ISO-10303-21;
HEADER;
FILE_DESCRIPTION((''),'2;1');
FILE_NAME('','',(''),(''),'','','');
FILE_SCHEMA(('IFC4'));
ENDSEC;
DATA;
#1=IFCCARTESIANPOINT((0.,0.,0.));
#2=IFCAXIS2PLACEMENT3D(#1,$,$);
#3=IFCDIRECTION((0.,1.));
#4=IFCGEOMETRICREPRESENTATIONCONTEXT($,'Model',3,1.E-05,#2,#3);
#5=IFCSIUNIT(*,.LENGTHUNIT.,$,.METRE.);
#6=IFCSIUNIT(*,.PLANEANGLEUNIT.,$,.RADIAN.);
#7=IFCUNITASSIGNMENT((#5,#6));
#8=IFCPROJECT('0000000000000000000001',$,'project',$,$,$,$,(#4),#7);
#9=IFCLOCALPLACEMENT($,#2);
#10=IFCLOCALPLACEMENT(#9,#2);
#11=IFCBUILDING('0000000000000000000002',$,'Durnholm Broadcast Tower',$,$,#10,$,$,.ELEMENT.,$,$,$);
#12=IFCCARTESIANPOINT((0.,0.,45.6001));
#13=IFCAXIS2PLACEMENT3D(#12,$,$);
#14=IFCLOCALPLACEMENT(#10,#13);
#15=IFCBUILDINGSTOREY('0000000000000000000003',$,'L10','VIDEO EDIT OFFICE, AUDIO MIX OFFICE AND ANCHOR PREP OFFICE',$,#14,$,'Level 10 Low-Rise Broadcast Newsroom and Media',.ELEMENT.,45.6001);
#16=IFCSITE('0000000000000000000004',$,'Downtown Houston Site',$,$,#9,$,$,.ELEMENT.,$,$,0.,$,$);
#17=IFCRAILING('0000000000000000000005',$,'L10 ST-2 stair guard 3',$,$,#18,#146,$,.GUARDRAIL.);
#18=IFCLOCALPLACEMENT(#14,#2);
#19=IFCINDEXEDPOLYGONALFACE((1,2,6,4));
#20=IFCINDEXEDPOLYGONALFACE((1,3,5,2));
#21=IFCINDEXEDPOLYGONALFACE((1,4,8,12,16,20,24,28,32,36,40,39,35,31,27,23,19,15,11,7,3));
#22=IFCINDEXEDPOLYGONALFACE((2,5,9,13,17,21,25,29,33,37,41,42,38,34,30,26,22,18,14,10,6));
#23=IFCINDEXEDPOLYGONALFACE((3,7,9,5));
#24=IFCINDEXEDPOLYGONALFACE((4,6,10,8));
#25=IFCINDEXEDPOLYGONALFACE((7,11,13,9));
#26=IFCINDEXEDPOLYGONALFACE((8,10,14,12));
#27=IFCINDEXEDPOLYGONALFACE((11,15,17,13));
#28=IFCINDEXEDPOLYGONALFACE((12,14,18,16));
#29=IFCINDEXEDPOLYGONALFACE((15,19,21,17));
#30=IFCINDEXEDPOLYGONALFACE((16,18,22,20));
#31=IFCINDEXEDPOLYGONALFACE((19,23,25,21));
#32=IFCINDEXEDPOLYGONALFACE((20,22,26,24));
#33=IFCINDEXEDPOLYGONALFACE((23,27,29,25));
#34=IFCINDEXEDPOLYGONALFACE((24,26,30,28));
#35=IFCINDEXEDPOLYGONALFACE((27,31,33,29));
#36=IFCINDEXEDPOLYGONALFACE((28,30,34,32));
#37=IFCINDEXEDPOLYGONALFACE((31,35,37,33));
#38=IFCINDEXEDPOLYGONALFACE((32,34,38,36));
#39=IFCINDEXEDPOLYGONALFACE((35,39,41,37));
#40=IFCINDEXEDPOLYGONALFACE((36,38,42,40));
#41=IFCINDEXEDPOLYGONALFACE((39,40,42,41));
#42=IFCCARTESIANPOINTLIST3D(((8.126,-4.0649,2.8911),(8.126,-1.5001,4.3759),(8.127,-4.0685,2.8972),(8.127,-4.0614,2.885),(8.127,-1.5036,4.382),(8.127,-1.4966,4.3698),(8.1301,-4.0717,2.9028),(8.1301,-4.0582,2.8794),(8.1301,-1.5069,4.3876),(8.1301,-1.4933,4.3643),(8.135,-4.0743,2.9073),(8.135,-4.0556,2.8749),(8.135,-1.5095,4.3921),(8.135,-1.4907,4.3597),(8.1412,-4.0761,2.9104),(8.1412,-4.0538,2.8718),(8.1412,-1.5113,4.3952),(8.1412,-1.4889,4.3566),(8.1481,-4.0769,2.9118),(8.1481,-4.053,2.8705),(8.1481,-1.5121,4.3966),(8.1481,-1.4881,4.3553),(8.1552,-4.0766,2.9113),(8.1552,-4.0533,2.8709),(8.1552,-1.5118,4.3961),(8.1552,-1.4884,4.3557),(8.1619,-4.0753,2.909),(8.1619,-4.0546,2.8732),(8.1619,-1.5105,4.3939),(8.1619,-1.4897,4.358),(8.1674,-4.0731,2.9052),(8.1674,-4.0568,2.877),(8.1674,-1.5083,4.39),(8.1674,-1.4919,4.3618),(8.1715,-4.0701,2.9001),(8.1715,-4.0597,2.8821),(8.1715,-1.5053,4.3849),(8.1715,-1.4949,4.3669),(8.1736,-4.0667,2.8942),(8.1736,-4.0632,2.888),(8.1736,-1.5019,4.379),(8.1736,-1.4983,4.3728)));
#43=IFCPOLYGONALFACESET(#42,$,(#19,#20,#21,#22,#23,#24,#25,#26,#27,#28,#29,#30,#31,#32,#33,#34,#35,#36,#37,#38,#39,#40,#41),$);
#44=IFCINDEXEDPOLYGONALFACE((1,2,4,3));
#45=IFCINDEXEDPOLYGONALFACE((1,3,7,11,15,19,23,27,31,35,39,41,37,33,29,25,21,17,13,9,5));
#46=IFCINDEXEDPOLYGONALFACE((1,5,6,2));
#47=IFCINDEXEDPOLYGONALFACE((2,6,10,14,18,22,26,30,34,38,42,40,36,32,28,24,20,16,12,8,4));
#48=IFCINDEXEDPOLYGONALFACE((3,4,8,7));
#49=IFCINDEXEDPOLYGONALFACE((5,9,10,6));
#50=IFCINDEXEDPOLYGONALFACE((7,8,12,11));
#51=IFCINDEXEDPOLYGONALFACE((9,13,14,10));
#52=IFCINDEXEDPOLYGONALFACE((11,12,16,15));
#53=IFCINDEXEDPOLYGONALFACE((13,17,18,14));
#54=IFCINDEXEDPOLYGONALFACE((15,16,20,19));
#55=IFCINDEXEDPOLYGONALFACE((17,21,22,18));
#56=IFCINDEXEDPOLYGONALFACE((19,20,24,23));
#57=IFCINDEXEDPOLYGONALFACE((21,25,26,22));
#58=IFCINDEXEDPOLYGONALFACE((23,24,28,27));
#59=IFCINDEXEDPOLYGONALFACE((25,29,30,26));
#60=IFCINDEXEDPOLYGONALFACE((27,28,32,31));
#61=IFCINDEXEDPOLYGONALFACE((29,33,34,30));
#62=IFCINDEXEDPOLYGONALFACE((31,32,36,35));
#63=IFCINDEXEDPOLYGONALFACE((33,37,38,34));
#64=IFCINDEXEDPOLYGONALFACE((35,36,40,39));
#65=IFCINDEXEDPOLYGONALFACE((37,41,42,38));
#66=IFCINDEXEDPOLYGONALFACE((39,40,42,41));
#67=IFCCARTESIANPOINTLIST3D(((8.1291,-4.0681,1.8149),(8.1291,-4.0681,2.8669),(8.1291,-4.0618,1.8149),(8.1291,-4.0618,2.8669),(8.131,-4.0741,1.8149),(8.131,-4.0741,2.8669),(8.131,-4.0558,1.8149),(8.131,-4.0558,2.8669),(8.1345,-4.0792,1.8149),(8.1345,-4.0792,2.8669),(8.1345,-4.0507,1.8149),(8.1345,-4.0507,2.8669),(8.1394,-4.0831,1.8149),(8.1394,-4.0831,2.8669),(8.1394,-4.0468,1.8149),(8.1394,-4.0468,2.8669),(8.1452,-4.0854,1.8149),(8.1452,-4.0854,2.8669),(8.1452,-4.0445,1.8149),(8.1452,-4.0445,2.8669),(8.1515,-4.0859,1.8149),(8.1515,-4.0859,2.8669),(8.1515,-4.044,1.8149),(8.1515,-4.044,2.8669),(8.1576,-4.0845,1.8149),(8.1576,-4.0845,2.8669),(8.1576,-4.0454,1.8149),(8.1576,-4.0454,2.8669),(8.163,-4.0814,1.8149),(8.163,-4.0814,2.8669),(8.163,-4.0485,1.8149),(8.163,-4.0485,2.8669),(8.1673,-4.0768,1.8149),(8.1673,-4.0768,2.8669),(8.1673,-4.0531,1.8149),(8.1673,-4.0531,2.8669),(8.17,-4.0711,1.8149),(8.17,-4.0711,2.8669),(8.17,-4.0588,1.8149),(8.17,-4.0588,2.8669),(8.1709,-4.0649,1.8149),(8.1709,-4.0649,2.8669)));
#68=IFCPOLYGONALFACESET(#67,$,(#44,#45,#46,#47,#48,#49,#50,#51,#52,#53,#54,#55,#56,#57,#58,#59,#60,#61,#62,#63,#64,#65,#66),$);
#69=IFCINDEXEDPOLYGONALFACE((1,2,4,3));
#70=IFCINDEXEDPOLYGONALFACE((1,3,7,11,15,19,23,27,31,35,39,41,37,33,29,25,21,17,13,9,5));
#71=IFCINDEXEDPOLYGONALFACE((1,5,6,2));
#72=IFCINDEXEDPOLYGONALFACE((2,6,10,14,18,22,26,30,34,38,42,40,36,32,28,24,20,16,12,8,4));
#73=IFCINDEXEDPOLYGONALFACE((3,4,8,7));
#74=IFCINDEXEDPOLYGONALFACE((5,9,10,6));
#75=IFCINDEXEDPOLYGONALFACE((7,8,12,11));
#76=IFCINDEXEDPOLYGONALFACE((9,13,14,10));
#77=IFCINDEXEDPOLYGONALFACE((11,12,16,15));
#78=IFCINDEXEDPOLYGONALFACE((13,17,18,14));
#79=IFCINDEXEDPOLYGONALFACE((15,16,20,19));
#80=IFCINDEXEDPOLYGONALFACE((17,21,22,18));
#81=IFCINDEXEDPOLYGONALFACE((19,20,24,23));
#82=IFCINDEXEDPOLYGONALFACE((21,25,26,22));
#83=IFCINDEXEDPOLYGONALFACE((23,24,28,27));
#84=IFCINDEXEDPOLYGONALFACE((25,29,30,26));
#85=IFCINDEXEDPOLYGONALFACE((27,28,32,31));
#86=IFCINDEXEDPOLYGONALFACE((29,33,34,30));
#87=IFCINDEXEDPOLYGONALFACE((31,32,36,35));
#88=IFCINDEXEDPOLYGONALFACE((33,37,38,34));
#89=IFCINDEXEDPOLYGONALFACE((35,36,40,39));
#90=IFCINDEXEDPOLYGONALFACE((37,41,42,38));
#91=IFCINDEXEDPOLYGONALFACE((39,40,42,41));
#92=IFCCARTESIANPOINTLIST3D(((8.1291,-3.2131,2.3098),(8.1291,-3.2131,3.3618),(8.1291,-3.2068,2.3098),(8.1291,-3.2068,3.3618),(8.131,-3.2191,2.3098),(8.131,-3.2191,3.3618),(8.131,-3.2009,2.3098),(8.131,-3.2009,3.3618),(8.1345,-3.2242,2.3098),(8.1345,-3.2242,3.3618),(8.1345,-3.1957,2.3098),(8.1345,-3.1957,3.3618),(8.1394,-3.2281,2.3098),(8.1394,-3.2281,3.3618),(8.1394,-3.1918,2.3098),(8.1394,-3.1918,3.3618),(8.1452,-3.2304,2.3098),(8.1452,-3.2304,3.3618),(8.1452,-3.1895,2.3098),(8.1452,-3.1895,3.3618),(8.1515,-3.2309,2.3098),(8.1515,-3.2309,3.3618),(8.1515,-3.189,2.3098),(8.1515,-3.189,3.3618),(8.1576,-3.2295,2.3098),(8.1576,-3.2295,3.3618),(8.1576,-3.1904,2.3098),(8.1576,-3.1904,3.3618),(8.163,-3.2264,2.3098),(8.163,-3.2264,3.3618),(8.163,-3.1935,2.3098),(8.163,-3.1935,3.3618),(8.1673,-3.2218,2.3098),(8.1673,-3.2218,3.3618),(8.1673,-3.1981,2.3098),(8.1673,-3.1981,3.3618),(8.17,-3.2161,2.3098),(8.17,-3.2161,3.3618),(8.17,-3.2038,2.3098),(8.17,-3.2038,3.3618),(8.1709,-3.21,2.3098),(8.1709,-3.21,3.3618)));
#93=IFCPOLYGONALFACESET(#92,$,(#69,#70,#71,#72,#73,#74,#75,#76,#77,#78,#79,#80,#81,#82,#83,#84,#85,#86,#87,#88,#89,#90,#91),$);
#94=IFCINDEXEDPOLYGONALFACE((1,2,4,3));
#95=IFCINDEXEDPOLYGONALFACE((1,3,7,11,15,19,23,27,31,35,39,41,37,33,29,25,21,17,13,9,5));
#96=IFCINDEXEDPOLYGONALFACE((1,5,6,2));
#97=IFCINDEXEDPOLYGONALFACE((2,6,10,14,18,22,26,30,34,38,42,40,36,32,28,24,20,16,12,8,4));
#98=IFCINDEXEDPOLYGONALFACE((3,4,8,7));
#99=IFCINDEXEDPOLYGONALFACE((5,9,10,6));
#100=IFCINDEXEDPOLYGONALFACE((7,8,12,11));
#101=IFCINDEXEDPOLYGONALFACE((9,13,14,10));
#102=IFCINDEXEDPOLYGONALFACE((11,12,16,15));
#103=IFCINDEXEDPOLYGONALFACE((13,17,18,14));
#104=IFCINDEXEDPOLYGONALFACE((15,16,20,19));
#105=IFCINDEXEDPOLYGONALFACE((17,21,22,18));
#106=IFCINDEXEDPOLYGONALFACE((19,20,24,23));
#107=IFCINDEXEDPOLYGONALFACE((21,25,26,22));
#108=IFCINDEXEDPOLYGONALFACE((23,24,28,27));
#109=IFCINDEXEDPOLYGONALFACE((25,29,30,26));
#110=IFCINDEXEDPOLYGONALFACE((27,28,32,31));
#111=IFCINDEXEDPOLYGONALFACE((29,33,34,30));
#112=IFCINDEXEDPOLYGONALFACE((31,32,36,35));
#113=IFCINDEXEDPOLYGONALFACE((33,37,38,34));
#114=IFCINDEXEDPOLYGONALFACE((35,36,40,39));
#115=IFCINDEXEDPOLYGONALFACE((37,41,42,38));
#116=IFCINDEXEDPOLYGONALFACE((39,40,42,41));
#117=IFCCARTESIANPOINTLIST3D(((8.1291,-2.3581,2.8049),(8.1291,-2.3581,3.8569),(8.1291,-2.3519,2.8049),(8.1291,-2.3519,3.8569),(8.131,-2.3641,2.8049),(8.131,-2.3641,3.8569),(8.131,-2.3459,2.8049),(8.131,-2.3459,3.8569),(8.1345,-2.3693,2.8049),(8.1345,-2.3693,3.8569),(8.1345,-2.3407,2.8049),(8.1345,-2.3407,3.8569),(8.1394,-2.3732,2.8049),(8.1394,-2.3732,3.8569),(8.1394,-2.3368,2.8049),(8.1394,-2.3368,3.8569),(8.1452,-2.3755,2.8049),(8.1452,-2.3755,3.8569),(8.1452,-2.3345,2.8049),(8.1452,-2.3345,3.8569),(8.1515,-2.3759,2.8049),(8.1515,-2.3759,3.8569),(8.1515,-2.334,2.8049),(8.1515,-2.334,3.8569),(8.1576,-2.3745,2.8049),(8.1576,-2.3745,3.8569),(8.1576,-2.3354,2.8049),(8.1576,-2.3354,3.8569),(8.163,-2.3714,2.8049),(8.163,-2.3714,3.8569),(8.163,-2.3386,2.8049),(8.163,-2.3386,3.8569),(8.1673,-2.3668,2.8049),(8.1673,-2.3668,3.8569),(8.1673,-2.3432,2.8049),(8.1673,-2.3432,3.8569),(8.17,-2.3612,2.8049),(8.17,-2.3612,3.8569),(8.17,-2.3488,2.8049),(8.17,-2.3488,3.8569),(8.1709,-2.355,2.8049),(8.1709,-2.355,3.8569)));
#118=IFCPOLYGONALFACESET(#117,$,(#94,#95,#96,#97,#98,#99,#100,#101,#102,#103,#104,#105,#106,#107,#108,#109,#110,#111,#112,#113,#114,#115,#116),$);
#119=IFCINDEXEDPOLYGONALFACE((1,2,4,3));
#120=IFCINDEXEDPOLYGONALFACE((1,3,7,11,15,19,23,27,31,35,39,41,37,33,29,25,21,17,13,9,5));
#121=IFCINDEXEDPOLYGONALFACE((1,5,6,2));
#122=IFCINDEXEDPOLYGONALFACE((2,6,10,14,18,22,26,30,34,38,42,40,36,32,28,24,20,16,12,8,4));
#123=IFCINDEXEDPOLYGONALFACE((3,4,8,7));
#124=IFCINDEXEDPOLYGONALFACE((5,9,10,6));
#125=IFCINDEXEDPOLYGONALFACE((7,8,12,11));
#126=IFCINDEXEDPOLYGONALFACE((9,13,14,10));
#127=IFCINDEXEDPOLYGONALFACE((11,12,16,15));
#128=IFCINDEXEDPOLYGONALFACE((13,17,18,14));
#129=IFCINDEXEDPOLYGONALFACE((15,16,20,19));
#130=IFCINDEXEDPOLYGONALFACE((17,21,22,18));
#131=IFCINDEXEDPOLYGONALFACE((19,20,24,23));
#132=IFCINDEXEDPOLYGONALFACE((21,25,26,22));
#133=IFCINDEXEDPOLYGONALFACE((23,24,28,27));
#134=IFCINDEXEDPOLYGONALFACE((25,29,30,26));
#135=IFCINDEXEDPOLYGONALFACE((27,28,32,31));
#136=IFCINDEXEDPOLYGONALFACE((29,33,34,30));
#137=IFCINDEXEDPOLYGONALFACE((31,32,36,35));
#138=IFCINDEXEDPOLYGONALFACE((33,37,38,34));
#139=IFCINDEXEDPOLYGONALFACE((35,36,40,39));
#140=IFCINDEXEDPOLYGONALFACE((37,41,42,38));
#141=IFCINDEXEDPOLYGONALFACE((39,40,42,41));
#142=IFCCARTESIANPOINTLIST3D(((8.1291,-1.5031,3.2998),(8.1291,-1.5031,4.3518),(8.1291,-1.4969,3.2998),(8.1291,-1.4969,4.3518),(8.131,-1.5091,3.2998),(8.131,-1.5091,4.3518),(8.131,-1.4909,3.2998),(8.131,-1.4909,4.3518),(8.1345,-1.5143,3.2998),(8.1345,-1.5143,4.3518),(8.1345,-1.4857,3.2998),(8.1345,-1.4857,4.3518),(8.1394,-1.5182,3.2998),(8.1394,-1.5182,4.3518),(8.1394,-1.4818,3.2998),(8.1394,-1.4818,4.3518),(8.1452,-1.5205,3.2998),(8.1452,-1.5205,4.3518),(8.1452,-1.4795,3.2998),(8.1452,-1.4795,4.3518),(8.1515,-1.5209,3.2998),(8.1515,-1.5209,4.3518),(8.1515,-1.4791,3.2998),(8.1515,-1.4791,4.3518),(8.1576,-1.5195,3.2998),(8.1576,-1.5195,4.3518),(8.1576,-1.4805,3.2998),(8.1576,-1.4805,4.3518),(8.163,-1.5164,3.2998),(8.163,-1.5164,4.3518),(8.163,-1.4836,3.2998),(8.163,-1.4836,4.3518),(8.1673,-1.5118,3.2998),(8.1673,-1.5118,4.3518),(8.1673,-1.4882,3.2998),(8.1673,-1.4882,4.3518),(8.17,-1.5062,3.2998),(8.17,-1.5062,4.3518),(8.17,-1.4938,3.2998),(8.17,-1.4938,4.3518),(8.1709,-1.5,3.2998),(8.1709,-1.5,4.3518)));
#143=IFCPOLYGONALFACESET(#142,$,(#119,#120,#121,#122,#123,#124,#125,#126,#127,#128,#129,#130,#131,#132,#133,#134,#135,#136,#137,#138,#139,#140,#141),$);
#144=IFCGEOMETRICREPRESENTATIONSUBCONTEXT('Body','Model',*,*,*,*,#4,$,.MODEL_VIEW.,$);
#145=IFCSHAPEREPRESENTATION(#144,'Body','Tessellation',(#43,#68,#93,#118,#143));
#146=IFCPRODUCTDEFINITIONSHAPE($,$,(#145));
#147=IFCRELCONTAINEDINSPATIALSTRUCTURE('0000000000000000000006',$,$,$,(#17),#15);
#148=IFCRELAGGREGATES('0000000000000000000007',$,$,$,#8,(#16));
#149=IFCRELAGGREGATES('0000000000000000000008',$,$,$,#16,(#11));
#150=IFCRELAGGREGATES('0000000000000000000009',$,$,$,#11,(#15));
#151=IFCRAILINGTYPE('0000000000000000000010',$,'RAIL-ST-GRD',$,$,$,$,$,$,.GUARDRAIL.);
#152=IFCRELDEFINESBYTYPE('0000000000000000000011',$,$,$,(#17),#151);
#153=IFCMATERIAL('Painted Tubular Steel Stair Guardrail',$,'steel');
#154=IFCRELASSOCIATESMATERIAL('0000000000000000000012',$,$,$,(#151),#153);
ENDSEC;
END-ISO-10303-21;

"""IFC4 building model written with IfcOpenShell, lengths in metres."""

from ifc_helpers import new_model, si_unit, direction, frame, origin, origin_2d, place, context, subcontext, project, spatial, circle, extrude, material, type_object, element, save


model = new_model("IFC4")

# Units and contexts
model_context = context("Model", 3, precision=1e-05, world=origin(), true_north=direction((0.0, 1.0)))
body_context = subcontext(model_context, "Body", "Model", "MODEL_VIEW")
ifc_project = project(units=[si_unit("LENGTHUNIT", "METRE"), si_unit("PLANEANGLEUNIT", "RADIAN")], contexts=[model_context])

# Site, building, storey
site_placement = place(None, origin())
site = spatial("IfcSite", under=ifc_project, at=site_placement, Name="Downtown Houston Site", CompositionType="ELEMENT", RefElevation=0.0)
building_placement = place(site_placement, origin())
building = spatial("IfcBuilding", under=site, at=building_placement, Name="Durnholm Broadcast Tower", CompositionType="ELEMENT")
storey_placement = place(building_placement, frame((0.0, 0.0, 45.6001)))
storey = spatial("IfcBuildingStorey", under=building, at=storey_placement, Name="L10", Description="VIDEO EDIT OFFICE, AUDIO MIX OFFICE AND ANCHOR PREP OFFICE", LongName="Level 10 Low-Rise Broadcast Newsroom and Media", CompositionType="ELEMENT", Elevation=45.6001)

# Railing
ifc_material_1 = material(Name="Painted Tubular Steel Stair Guardrail", Category="steel")
railing_type_1 = type_object("IfcRailingType", Name="RAIL-ST-GRD", PredefinedType="GUARDRAIL", material=ifc_material_1)
railing_1_placement = place(storey_placement, frame((8.1499, -4.0649, 1.8149)))
element("IfcRailing", 1, at=railing_1_placement, inside=storey, type_object=railing_type_1, Name="L10 ST-2 stair guard 3", PredefinedType="GUARDRAIL", context=body_context, shape_type="SweptSolid", body=[
    extrude(circle(Radius=0.0239, at=origin_2d()), frame((0.0, 0.0, 1.0762), z_axis=(0.0, 0.865441, 0.50101), x_axis=(-1.0, 0.0, 0.0)), (0.0, 0.0, 1.0), 2.9636),
    extrude(circle(Radius=0.021, at=origin_2d()), origin(), (0.0, 0.0, 1.0), 1.052),
    extrude(circle(Radius=0.021, at=origin_2d()), frame((0.0, 0.855, 0.4949)), (0.0, 0.0, 1.0), 1.052),
    extrude(circle(Radius=0.021, at=origin_2d()), frame((0.0, 1.71, 0.99)), (0.0, 0.0, 1.0), 1.052),
    extrude(circle(Radius=0.021, at=origin_2d()), frame((0.0, 2.5649, 1.4849)), (0.0, 0.0, 1.0), 1.052),
])

save(model, "model.ifc")
